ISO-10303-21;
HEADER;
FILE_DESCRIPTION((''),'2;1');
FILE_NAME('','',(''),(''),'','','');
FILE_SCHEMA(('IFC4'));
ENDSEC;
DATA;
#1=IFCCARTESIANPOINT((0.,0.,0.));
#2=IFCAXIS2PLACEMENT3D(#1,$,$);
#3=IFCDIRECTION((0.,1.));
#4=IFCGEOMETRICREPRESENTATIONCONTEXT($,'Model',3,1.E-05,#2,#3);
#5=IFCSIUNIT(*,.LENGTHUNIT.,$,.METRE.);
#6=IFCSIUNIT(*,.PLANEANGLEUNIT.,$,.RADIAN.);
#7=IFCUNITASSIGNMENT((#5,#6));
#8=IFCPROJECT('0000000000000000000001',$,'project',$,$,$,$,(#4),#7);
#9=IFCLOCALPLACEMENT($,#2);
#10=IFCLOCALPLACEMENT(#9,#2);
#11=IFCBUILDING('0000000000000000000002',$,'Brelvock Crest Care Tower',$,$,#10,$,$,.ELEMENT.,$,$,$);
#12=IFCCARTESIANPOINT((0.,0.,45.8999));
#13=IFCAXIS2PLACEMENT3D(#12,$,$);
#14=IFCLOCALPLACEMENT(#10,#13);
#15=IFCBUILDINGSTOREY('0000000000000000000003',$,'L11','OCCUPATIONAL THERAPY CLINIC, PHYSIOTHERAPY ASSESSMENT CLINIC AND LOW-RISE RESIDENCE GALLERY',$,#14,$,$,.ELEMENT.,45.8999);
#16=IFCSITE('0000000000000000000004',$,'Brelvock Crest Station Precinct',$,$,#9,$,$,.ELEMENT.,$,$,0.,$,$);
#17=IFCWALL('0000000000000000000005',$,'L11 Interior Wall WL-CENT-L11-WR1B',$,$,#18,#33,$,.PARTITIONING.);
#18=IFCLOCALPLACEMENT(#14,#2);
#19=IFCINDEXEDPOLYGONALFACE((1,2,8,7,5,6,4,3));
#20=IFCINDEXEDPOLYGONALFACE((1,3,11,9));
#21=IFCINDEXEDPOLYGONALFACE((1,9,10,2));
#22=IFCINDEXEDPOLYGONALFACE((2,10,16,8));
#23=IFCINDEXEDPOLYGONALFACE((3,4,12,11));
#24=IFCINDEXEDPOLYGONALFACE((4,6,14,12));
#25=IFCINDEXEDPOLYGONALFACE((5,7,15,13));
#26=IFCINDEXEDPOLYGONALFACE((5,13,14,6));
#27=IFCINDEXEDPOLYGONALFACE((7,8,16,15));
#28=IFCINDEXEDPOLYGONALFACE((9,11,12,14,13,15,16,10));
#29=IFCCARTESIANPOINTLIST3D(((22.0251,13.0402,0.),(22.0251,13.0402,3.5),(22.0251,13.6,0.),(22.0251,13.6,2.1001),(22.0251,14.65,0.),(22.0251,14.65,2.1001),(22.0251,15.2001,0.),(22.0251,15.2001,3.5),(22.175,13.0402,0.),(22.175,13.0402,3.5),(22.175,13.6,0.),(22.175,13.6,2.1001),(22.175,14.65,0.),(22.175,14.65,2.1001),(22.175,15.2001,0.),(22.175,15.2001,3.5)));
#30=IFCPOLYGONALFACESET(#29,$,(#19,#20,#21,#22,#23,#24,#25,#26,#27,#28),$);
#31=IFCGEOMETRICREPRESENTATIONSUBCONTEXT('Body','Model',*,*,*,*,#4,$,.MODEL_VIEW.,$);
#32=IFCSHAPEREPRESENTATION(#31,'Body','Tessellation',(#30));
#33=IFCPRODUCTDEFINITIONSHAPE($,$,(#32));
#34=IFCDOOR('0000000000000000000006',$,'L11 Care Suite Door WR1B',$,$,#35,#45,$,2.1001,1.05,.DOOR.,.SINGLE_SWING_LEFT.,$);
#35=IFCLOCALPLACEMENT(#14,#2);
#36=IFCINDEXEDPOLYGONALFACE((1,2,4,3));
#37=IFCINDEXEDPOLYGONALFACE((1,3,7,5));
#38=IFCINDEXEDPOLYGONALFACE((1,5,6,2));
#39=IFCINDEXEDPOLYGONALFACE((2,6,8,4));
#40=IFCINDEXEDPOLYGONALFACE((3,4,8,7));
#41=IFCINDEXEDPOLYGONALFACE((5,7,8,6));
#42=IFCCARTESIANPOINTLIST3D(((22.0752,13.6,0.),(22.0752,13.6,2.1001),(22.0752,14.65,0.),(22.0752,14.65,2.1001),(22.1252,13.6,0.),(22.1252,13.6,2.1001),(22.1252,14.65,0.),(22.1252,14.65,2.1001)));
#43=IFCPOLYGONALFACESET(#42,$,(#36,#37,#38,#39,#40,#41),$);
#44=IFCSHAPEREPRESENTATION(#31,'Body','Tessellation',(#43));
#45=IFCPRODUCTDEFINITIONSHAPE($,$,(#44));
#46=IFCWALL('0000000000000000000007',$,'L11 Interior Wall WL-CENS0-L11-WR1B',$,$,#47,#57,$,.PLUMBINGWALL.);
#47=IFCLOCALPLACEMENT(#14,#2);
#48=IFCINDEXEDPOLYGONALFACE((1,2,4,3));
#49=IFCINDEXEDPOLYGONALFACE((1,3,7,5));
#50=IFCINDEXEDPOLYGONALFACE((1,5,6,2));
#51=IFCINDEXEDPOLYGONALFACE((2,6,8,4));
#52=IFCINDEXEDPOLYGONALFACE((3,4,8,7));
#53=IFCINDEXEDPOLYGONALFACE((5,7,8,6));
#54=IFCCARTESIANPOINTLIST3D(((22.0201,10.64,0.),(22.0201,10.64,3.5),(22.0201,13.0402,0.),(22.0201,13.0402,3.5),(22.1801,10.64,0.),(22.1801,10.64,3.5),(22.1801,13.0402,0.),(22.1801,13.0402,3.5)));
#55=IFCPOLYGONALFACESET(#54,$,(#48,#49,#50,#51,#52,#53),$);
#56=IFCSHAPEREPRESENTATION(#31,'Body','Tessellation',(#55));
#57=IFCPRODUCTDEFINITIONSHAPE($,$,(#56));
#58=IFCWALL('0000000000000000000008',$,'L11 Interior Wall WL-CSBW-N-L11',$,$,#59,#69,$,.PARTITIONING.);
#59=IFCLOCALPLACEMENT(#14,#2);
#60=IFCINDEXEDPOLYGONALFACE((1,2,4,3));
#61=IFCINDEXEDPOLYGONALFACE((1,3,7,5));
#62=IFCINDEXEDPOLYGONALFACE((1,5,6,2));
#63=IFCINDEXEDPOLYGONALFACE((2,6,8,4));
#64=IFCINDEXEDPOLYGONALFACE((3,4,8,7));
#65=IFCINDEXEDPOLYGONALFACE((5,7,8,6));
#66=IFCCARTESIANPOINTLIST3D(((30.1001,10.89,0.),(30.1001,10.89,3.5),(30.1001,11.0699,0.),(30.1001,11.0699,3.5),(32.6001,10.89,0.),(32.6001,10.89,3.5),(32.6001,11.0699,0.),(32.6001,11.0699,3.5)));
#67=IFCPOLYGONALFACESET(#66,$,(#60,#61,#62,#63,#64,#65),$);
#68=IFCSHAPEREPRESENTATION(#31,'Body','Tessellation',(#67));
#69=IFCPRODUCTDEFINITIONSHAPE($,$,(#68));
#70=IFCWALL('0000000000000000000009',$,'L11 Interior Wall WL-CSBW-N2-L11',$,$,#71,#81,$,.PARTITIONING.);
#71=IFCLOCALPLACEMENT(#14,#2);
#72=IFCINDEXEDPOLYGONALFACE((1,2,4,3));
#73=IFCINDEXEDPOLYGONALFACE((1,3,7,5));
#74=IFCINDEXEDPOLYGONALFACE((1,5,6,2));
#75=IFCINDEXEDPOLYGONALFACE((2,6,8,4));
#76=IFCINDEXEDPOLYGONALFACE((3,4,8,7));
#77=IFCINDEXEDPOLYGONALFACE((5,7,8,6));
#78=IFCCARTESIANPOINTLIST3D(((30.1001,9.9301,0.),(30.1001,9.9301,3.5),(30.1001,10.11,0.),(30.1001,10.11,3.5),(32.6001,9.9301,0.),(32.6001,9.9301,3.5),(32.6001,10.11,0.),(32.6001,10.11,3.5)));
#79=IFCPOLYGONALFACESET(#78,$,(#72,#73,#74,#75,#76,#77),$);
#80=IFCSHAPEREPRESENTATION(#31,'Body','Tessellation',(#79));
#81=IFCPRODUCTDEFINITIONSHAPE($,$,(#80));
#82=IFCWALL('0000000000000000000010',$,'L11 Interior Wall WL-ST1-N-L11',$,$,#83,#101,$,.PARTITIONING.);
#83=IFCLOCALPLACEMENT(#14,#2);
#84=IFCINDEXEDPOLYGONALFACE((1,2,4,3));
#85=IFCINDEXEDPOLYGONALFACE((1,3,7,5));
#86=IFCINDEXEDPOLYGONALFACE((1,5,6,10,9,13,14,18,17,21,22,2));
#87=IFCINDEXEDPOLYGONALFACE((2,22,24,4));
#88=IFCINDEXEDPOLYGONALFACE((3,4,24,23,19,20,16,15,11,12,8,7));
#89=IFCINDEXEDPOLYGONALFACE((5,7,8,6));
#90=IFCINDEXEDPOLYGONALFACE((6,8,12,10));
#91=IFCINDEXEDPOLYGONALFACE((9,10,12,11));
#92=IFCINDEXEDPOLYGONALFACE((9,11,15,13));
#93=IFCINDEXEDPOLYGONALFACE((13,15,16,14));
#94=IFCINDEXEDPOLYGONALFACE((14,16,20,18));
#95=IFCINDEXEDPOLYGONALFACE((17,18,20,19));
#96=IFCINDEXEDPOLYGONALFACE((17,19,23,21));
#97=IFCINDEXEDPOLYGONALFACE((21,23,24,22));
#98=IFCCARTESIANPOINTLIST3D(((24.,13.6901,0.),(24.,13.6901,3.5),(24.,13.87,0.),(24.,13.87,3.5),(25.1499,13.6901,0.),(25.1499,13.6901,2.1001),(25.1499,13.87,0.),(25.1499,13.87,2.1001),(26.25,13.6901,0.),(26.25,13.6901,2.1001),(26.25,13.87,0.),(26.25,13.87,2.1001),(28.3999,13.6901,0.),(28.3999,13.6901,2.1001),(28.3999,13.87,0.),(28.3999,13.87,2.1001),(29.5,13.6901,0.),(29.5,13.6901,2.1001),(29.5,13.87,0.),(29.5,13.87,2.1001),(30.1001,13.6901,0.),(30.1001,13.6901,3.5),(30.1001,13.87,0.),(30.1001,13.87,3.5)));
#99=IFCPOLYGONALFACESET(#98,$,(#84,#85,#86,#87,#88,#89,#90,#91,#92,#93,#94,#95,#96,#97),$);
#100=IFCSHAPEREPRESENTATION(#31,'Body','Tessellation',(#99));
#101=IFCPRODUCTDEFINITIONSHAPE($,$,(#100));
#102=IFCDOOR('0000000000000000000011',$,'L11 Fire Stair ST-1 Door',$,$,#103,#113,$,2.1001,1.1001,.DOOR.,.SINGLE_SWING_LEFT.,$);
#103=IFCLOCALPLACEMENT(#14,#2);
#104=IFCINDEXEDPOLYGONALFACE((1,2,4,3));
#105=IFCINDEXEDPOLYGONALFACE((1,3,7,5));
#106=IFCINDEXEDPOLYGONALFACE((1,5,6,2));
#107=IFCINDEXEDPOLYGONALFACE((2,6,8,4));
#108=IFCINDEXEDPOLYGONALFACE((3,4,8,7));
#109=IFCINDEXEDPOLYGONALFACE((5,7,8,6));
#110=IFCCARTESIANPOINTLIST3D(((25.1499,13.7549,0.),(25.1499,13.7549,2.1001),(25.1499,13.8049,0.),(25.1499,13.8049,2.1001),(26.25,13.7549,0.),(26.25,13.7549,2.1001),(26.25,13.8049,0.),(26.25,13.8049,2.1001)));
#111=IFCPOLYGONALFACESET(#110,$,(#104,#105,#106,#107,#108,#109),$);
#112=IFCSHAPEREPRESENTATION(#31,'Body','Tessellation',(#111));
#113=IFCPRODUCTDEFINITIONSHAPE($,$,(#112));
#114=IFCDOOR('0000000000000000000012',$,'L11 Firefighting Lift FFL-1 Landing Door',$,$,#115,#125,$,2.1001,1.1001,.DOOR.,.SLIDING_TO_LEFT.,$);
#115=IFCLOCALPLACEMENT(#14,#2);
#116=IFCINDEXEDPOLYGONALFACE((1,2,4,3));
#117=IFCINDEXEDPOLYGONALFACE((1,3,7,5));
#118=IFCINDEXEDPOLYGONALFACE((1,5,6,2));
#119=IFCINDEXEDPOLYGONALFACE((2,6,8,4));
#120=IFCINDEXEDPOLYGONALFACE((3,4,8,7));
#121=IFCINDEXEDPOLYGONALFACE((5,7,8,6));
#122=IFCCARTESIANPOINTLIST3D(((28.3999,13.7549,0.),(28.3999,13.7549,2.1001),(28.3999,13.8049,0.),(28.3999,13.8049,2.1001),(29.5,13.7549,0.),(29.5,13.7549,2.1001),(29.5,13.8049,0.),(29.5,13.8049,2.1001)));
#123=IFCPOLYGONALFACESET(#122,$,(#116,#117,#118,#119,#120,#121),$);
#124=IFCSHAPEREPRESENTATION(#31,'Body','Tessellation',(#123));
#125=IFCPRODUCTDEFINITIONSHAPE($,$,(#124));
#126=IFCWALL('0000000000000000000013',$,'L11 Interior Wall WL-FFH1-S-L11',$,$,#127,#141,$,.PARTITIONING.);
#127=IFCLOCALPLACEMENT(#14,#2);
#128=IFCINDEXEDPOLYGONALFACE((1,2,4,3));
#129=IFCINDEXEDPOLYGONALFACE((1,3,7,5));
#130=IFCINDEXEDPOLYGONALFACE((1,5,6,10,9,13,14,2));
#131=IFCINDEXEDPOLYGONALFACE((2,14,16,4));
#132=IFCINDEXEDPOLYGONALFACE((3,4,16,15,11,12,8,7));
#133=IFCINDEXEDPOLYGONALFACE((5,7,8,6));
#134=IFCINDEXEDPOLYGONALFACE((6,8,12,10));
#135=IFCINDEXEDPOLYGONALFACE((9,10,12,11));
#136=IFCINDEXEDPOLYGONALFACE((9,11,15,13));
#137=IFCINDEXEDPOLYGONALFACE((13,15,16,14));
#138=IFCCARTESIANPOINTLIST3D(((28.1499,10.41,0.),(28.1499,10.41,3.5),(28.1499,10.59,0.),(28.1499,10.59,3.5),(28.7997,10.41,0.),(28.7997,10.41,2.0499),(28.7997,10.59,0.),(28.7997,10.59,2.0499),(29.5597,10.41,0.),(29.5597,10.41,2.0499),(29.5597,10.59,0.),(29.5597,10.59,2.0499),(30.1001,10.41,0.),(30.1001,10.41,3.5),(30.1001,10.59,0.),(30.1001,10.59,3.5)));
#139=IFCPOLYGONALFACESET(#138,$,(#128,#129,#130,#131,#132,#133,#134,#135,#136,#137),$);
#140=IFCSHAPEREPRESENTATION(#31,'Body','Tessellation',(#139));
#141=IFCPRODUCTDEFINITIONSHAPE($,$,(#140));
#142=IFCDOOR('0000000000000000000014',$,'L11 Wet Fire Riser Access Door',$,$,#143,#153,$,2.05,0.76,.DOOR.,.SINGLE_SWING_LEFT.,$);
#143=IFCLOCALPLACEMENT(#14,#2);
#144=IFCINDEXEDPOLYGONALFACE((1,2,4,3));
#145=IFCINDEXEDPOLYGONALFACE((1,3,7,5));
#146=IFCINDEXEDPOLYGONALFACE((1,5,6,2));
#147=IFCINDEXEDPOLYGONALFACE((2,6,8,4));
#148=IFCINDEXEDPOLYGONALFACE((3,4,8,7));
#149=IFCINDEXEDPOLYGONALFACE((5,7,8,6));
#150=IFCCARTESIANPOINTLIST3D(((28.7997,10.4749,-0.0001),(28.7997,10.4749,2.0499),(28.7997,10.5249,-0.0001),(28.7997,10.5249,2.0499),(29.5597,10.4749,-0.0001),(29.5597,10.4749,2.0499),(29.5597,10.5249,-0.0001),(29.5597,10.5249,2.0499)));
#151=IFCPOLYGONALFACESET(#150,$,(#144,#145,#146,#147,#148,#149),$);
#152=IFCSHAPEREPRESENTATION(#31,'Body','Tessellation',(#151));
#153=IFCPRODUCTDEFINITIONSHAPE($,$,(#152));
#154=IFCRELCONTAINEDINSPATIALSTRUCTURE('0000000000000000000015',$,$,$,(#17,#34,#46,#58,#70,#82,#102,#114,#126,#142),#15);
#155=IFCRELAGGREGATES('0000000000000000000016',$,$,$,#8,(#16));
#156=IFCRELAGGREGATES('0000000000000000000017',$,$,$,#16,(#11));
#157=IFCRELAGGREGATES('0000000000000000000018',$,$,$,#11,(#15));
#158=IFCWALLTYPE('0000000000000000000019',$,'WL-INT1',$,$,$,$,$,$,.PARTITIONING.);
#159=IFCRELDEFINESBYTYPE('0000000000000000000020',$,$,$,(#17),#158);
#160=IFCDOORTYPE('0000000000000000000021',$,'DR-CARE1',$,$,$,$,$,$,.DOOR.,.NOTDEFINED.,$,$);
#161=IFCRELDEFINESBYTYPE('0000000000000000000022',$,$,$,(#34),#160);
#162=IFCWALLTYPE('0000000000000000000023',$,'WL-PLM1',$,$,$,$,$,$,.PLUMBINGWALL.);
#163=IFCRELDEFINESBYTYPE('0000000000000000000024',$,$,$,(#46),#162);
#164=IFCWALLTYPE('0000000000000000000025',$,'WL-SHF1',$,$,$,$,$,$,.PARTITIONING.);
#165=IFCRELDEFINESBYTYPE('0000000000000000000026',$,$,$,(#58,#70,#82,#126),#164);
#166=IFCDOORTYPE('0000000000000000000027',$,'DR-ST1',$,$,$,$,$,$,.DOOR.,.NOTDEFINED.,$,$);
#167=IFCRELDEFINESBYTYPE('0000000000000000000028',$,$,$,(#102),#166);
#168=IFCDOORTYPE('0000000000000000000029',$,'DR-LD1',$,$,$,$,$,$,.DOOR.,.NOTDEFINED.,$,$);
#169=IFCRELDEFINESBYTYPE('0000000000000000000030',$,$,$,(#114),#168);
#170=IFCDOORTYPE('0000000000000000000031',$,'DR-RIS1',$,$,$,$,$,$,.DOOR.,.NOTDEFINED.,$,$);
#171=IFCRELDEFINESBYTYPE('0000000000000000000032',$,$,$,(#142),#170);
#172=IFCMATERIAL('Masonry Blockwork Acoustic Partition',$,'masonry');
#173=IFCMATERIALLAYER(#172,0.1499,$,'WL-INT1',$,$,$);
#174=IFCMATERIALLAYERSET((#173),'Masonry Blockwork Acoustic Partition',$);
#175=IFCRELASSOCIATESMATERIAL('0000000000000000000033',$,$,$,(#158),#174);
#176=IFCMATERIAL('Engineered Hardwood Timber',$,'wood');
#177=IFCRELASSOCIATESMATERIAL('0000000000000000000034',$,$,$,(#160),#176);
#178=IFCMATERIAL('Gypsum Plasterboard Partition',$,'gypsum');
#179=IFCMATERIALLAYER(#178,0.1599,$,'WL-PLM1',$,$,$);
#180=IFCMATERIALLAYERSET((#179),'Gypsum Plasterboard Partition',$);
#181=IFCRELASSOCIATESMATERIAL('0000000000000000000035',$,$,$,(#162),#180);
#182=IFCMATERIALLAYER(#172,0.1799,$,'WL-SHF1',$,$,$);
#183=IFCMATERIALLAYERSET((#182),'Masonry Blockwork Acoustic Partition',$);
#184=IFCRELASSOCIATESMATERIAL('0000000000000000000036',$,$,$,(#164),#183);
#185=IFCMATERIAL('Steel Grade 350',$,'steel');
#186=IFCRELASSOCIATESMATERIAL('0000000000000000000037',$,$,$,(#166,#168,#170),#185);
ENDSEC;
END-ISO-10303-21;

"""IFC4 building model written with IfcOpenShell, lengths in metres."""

from ifc_helpers import new_model, si_unit, direction, frame, frame_2d, origin, origin_2d, place, context, subcontext, project, spatial, rectangle, extrude, source, transform, mapped, material, layer, layer_set, type_object, element, fill, save


model = new_model("IFC4")

# Units and contexts
model_context = context("Model", 3, precision=1e-05, world=origin(), true_north=direction((0.0, 1.0)))
body_context = subcontext(model_context, "Body", "Model", "MODEL_VIEW")
ifc_project = project(units=[si_unit("LENGTHUNIT", "METRE"), si_unit("PLANEANGLEUNIT", "RADIAN")], contexts=[model_context])

# Site, building, storey
site_placement = place(None, origin())
site = spatial("IfcSite", under=ifc_project, at=site_placement, Name="Brelvock Crest Station Precinct", CompositionType="ELEMENT", RefElevation=0.0)
building_placement = place(site_placement, origin())
building = spatial("IfcBuilding", under=site, at=building_placement, Name="Brelvock Crest Care Tower", CompositionType="ELEMENT")
storey_placement = place(building_placement, frame((0.0, 0.0, 45.8999)))
storey = spatial("IfcBuildingStorey", under=building, at=storey_placement, Name="L11", Description="OCCUPATIONAL THERAPY CLINIC, PHYSIOTHERAPY ASSESSMENT CLINIC AND LOW-RISE RESIDENCE GALLERY", CompositionType="ELEMENT", Elevation=45.8999)

# Wall, opening, door
ifc_material_1 = material(Name="Masonry Blockwork Acoustic Partition", Category="masonry")
ifc_layer_1 = layer(ifc_material_1, 0.1499, Name="WL-INT1")
ifc_layer_set_1 = layer_set([ifc_layer_1], Name="Masonry Blockwork Acoustic Partition")
wall_type_1 = type_object("IfcWallType", Name="WL-INT1", PredefinedType="PARTITIONING", material=ifc_layer_set_1)
wall_1_placement = place(storey_placement, frame((22.1001, 13.04, 0.0), z_axis=(0.0, 0.0, 1.0), x_axis=(0.0, 1.0, 0.0)))
wall_1 = element("IfcWall", 1, at=wall_1_placement, inside=storey, type_object=wall_type_1, Name="L11 Interior Wall WL-CENT-L11-WR1B", PredefinedType="PARTITIONING", context=body_context, shape_type="SweptSolid", body=[
    extrude(rectangle(XDim=2.1599, YDim=0.1499, at=frame_2d((1.0801, 0.0))), origin(), (0.0, 0.0, 1.0), 3.5),
])
opening_1_placement = place(wall_1_placement, frame((0.5601, 0.0, 0.0)))
opening_1 = element("IfcOpeningElement", 2, at=opening_1_placement, cuts=wall_1, PredefinedType="OPENING", context=body_context, shape_type="SweptSolid", body=[
    extrude(rectangle(XDim=1.05, YDim=2.1001, at=origin_2d()), frame((0.5249, 0.085, 1.05), z_axis=(0.0, -1.0, 0.0), x_axis=(1.0, 0.0, 0.0)), (0.0, 0.0, 1.0), 0.1699),
])
ifc_material_2 = material(Name="Engineered Hardwood Timber", Category="wood")
door_type_1 = type_object("IfcDoorType", Name="DR-CARE1", OperationType="NOTDEFINED", PredefinedType="DOOR", material=ifc_material_2)
shared_shape_1 = source(origin(), body_context, "Body", "SweptSolid", [
    extrude(rectangle(XDim=1.05, YDim=2.1001, at=origin_2d()), frame((0.5249, 0.0249, 1.05), z_axis=(0.0, -1.0, 0.0), x_axis=(1.0, 0.0, 0.0)), (0.0, 0.0, 1.0), 0.05),
])
door_1_placement = place(opening_1_placement, origin())
door_1 = element("IfcDoor", 3, at=door_1_placement, inside=storey, type_object=door_type_1, Name="L11 Care Suite Door WR1B", OperationType="SINGLE_SWING_LEFT", OverallHeight=2.1001, OverallWidth=1.05, PredefinedType="DOOR", context=body_context, shape_type="MappedRepresentation", body=[
    mapped(shared_shape_1, transform((0.0, 0.0, 0.0), x_axis=(1.0, 0.0, 0.0), y_axis=(0.0, 1.0, 0.0), z_axis=(0.0, 0.0, 1.0), scale=1.0)),
])
fill(opening_1, door_1)

# Walls
ifc_material_3 = material(Name="Gypsum Plasterboard Partition", Category="gypsum")
ifc_layer_2 = layer(ifc_material_3, 0.1599, Name="WL-PLM1")
ifc_layer_set_2 = layer_set([ifc_layer_2], Name="Gypsum Plasterboard Partition")
wall_type_2 = type_object("IfcWallType", Name="WL-PLM1", PredefinedType="PLUMBINGWALL", material=ifc_layer_set_2)
wall_2_placement = place(storey_placement, frame((22.1001, 10.6399, 0.0), z_axis=(0.0, 0.0, 1.0), x_axis=(0.0, 1.0, 0.0)))
element("IfcWall", 4, at=wall_2_placement, inside=storey, type_object=wall_type_2, Name="L11 Interior Wall WL-CENS0-L11-WR1B", PredefinedType="PLUMBINGWALL", context=body_context, shape_type="SweptSolid", body=[
    extrude(rectangle(XDim=2.4001, YDim=0.1599, at=frame_2d((1.2002, 0.0))), origin(), (0.0, 0.0, 1.0), 3.5),
])
ifc_layer_3 = layer(ifc_material_1, 0.1799, Name="WL-SHF1")
ifc_layer_set_3 = layer_set([ifc_layer_3], Name="Masonry Blockwork Acoustic Partition")
wall_type_3 = type_object("IfcWallType", Name="WL-SHF1", PredefinedType="PARTITIONING", material=ifc_layer_set_3)
for number, where, z_axis, x_axis, name in (
    (5, (30.1001, 10.98, 0.0), (0.0, 0.0, 1.0), (1.0, 0.0, 0.0), "L11 Interior Wall WL-CSBW-N-L11"),
    (6, (30.1001, 10.02, 0.0), (0.0, 0.0, 1.0), (1.0, 0.0, 0.0), "L11 Interior Wall WL-CSBW-N2-L11"),
):
    element("IfcWall", number, at=place(storey_placement, frame(where, z_axis=z_axis, x_axis=x_axis)), inside=storey, type_object=wall_type_3, Name=name, PredefinedType="PARTITIONING", context=body_context, shape_type="SweptSolid", body=[
        extrude(rectangle(XDim=2.5, YDim=0.1799, at=frame_2d((1.25, 0.0))), origin(), (0.0, 0.0, 1.0), 3.5),
    ])

# Wall, openings, doors
wall_3_placement = place(storey_placement, frame((24.0, 13.78, 0.0), z_axis=(0.0, 0.0, 1.0), x_axis=(1.0, 0.0, 0.0)))
wall_3 = element("IfcWall", 7, at=wall_3_placement, inside=storey, type_object=wall_type_3, Name="L11 Interior Wall WL-ST1-N-L11", PredefinedType="PARTITIONING", context=body_context, shape_type="SweptSolid", body=[
    extrude(rectangle(XDim=6.1001, YDim=0.1799, at=frame_2d((3.05, 0.0))), origin(), (0.0, 0.0, 1.0), 3.5),
])
opening_2_placement = place(wall_3_placement, frame((1.1499, 0.0, 0.0)))
opening_2 = element("IfcOpeningElement", 8, at=opening_2_placement, cuts=wall_3, PredefinedType="OPENING", context=body_context, shape_type="SweptSolid", body=[
    extrude(rectangle(XDim=1.1001, YDim=2.1001, at=origin_2d()), frame((0.55, 0.1001, 1.05), z_axis=(0.0, -1.0, 0.0), x_axis=(1.0, 0.0, 0.0)), (0.0, 0.0, 1.0), 0.2),
])
opening_3_placement = place(wall_3_placement, frame((4.3999, 0.0, 0.0)))
opening_3 = element("IfcOpeningElement", 9, at=opening_3_placement, cuts=wall_3, PredefinedType="OPENING", context=body_context, shape_type="SweptSolid", body=[
    extrude(rectangle(XDim=1.1001, YDim=2.1001, at=origin_2d()), frame((0.55, 0.1001, 1.05), z_axis=(0.0, -1.0, 0.0), x_axis=(1.0, 0.0, 0.0)), (0.0, 0.0, 1.0), 0.2),
])
ifc_material_4 = material(Name="Steel Grade 350", Category="steel")
door_type_2 = type_object("IfcDoorType", Name="DR-ST1", OperationType="NOTDEFINED", PredefinedType="DOOR", material=ifc_material_4)
shared_shape_2 = source(origin(), body_context, "Body", "SweptSolid", [
    extrude(rectangle(XDim=1.1001, YDim=2.1001, at=origin_2d()), frame((0.55, 0.0249, 1.05), z_axis=(0.0, -1.0, 0.0), x_axis=(1.0, 0.0, 0.0)), (0.0, 0.0, 1.0), 0.05),
])
door_2_placement = place(opening_2_placement, origin())
door_2 = element("IfcDoor", 10, at=door_2_placement, inside=storey, type_object=door_type_2, Name="L11 Fire Stair ST-1 Door", OperationType="SINGLE_SWING_LEFT", OverallHeight=2.1001, OverallWidth=1.1001, PredefinedType="DOOR", context=body_context, shape_type="MappedRepresentation", body=[
    mapped(shared_shape_2, transform((0.0, 0.0, 0.0), x_axis=(1.0, 0.0, 0.0), y_axis=(0.0, 1.0, 0.0), z_axis=(0.0, 0.0, 1.0), scale=1.0)),
])
fill(opening_2, door_2)
door_type_3 = type_object("IfcDoorType", Name="DR-LD1", OperationType="NOTDEFINED", PredefinedType="DOOR", material=ifc_material_4)
shared_shape_3 = source(origin(), body_context, "Body", "SweptSolid", [
    extrude(rectangle(XDim=1.1001, YDim=2.1001, at=origin_2d()), frame((0.55, 0.0249, 1.05), z_axis=(0.0, -1.0, 0.0), x_axis=(1.0, 0.0, 0.0)), (0.0, 0.0, 1.0), 0.05),
])
door_3_placement = place(opening_3_placement, origin())
door_3 = element("IfcDoor", 11, at=door_3_placement, inside=storey, type_object=door_type_3, Name="L11 Firefighting Lift FFL-1 Landing Door", OperationType="SLIDING_TO_LEFT", OverallHeight=2.1001, OverallWidth=1.1001, PredefinedType="DOOR", context=body_context, shape_type="MappedRepresentation", body=[
    mapped(shared_shape_3, transform((0.0, 0.0, 0.0), x_axis=(1.0, 0.0, 0.0), y_axis=(0.0, 1.0, 0.0), z_axis=(0.0, 0.0, 1.0), scale=1.0)),
])
fill(opening_3, door_3)

# Wall, opening, door
wall_4_placement = place(storey_placement, frame((28.1499, 10.5, 0.0), z_axis=(0.0, 0.0, 1.0), x_axis=(1.0, 0.0, 0.0)))
wall_4 = element("IfcWall", 12, at=wall_4_placement, inside=storey, type_object=wall_type_3, Name="L11 Interior Wall WL-FFH1-S-L11", PredefinedType="PARTITIONING", context=body_context, shape_type="SweptSolid", body=[
    extrude(rectangle(XDim=1.9502, YDim=0.1799, at=frame_2d((0.9751, 0.0))), origin(), (0.0, 0.0, 1.0), 3.5),
])
opening_4_placement = place(wall_4_placement, frame((0.6499, 0.0, 0.0)))
opening_4 = element("IfcOpeningElement", 13, at=opening_4_placement, cuts=wall_4, PredefinedType="OPENING", context=body_context, shape_type="SweptSolid", body=[
    extrude(rectangle(XDim=0.76, YDim=2.05, at=origin_2d()), frame((0.3799, 0.1001, 1.0249), z_axis=(0.0, -1.0, 0.0), x_axis=(1.0, 0.0, 0.0)), (0.0, 0.0, 1.0), 0.2),
])
door_type_4 = type_object("IfcDoorType", Name="DR-RIS1", OperationType="NOTDEFINED", PredefinedType="DOOR", material=ifc_material_4)
shared_shape_4 = source(origin(), body_context, "Body", "SweptSolid", [
    extrude(rectangle(XDim=0.76, YDim=2.05, at=origin_2d()), frame((0.3799, 0.0249, 1.0249), z_axis=(0.0, -1.0, 0.0), x_axis=(1.0, 0.0, 0.0)), (0.0, 0.0, 1.0), 0.05),
])
door_4_placement = place(opening_4_placement, origin())
door_4 = element("IfcDoor", 14, at=door_4_placement, inside=storey, type_object=door_type_4, Name="L11 Wet Fire Riser Access Door", OperationType="SINGLE_SWING_LEFT", OverallHeight=2.05, OverallWidth=0.76, PredefinedType="DOOR", context=body_context, shape_type="MappedRepresentation", body=[
    mapped(shared_shape_4, transform((0.0, 0.0, 0.0), x_axis=(1.0, 0.0, 0.0), y_axis=(0.0, 1.0, 0.0), z_axis=(0.0, 0.0, 1.0), scale=1.0)),
])
fill(opening_4, door_4)

save(model, "model.ifc")
